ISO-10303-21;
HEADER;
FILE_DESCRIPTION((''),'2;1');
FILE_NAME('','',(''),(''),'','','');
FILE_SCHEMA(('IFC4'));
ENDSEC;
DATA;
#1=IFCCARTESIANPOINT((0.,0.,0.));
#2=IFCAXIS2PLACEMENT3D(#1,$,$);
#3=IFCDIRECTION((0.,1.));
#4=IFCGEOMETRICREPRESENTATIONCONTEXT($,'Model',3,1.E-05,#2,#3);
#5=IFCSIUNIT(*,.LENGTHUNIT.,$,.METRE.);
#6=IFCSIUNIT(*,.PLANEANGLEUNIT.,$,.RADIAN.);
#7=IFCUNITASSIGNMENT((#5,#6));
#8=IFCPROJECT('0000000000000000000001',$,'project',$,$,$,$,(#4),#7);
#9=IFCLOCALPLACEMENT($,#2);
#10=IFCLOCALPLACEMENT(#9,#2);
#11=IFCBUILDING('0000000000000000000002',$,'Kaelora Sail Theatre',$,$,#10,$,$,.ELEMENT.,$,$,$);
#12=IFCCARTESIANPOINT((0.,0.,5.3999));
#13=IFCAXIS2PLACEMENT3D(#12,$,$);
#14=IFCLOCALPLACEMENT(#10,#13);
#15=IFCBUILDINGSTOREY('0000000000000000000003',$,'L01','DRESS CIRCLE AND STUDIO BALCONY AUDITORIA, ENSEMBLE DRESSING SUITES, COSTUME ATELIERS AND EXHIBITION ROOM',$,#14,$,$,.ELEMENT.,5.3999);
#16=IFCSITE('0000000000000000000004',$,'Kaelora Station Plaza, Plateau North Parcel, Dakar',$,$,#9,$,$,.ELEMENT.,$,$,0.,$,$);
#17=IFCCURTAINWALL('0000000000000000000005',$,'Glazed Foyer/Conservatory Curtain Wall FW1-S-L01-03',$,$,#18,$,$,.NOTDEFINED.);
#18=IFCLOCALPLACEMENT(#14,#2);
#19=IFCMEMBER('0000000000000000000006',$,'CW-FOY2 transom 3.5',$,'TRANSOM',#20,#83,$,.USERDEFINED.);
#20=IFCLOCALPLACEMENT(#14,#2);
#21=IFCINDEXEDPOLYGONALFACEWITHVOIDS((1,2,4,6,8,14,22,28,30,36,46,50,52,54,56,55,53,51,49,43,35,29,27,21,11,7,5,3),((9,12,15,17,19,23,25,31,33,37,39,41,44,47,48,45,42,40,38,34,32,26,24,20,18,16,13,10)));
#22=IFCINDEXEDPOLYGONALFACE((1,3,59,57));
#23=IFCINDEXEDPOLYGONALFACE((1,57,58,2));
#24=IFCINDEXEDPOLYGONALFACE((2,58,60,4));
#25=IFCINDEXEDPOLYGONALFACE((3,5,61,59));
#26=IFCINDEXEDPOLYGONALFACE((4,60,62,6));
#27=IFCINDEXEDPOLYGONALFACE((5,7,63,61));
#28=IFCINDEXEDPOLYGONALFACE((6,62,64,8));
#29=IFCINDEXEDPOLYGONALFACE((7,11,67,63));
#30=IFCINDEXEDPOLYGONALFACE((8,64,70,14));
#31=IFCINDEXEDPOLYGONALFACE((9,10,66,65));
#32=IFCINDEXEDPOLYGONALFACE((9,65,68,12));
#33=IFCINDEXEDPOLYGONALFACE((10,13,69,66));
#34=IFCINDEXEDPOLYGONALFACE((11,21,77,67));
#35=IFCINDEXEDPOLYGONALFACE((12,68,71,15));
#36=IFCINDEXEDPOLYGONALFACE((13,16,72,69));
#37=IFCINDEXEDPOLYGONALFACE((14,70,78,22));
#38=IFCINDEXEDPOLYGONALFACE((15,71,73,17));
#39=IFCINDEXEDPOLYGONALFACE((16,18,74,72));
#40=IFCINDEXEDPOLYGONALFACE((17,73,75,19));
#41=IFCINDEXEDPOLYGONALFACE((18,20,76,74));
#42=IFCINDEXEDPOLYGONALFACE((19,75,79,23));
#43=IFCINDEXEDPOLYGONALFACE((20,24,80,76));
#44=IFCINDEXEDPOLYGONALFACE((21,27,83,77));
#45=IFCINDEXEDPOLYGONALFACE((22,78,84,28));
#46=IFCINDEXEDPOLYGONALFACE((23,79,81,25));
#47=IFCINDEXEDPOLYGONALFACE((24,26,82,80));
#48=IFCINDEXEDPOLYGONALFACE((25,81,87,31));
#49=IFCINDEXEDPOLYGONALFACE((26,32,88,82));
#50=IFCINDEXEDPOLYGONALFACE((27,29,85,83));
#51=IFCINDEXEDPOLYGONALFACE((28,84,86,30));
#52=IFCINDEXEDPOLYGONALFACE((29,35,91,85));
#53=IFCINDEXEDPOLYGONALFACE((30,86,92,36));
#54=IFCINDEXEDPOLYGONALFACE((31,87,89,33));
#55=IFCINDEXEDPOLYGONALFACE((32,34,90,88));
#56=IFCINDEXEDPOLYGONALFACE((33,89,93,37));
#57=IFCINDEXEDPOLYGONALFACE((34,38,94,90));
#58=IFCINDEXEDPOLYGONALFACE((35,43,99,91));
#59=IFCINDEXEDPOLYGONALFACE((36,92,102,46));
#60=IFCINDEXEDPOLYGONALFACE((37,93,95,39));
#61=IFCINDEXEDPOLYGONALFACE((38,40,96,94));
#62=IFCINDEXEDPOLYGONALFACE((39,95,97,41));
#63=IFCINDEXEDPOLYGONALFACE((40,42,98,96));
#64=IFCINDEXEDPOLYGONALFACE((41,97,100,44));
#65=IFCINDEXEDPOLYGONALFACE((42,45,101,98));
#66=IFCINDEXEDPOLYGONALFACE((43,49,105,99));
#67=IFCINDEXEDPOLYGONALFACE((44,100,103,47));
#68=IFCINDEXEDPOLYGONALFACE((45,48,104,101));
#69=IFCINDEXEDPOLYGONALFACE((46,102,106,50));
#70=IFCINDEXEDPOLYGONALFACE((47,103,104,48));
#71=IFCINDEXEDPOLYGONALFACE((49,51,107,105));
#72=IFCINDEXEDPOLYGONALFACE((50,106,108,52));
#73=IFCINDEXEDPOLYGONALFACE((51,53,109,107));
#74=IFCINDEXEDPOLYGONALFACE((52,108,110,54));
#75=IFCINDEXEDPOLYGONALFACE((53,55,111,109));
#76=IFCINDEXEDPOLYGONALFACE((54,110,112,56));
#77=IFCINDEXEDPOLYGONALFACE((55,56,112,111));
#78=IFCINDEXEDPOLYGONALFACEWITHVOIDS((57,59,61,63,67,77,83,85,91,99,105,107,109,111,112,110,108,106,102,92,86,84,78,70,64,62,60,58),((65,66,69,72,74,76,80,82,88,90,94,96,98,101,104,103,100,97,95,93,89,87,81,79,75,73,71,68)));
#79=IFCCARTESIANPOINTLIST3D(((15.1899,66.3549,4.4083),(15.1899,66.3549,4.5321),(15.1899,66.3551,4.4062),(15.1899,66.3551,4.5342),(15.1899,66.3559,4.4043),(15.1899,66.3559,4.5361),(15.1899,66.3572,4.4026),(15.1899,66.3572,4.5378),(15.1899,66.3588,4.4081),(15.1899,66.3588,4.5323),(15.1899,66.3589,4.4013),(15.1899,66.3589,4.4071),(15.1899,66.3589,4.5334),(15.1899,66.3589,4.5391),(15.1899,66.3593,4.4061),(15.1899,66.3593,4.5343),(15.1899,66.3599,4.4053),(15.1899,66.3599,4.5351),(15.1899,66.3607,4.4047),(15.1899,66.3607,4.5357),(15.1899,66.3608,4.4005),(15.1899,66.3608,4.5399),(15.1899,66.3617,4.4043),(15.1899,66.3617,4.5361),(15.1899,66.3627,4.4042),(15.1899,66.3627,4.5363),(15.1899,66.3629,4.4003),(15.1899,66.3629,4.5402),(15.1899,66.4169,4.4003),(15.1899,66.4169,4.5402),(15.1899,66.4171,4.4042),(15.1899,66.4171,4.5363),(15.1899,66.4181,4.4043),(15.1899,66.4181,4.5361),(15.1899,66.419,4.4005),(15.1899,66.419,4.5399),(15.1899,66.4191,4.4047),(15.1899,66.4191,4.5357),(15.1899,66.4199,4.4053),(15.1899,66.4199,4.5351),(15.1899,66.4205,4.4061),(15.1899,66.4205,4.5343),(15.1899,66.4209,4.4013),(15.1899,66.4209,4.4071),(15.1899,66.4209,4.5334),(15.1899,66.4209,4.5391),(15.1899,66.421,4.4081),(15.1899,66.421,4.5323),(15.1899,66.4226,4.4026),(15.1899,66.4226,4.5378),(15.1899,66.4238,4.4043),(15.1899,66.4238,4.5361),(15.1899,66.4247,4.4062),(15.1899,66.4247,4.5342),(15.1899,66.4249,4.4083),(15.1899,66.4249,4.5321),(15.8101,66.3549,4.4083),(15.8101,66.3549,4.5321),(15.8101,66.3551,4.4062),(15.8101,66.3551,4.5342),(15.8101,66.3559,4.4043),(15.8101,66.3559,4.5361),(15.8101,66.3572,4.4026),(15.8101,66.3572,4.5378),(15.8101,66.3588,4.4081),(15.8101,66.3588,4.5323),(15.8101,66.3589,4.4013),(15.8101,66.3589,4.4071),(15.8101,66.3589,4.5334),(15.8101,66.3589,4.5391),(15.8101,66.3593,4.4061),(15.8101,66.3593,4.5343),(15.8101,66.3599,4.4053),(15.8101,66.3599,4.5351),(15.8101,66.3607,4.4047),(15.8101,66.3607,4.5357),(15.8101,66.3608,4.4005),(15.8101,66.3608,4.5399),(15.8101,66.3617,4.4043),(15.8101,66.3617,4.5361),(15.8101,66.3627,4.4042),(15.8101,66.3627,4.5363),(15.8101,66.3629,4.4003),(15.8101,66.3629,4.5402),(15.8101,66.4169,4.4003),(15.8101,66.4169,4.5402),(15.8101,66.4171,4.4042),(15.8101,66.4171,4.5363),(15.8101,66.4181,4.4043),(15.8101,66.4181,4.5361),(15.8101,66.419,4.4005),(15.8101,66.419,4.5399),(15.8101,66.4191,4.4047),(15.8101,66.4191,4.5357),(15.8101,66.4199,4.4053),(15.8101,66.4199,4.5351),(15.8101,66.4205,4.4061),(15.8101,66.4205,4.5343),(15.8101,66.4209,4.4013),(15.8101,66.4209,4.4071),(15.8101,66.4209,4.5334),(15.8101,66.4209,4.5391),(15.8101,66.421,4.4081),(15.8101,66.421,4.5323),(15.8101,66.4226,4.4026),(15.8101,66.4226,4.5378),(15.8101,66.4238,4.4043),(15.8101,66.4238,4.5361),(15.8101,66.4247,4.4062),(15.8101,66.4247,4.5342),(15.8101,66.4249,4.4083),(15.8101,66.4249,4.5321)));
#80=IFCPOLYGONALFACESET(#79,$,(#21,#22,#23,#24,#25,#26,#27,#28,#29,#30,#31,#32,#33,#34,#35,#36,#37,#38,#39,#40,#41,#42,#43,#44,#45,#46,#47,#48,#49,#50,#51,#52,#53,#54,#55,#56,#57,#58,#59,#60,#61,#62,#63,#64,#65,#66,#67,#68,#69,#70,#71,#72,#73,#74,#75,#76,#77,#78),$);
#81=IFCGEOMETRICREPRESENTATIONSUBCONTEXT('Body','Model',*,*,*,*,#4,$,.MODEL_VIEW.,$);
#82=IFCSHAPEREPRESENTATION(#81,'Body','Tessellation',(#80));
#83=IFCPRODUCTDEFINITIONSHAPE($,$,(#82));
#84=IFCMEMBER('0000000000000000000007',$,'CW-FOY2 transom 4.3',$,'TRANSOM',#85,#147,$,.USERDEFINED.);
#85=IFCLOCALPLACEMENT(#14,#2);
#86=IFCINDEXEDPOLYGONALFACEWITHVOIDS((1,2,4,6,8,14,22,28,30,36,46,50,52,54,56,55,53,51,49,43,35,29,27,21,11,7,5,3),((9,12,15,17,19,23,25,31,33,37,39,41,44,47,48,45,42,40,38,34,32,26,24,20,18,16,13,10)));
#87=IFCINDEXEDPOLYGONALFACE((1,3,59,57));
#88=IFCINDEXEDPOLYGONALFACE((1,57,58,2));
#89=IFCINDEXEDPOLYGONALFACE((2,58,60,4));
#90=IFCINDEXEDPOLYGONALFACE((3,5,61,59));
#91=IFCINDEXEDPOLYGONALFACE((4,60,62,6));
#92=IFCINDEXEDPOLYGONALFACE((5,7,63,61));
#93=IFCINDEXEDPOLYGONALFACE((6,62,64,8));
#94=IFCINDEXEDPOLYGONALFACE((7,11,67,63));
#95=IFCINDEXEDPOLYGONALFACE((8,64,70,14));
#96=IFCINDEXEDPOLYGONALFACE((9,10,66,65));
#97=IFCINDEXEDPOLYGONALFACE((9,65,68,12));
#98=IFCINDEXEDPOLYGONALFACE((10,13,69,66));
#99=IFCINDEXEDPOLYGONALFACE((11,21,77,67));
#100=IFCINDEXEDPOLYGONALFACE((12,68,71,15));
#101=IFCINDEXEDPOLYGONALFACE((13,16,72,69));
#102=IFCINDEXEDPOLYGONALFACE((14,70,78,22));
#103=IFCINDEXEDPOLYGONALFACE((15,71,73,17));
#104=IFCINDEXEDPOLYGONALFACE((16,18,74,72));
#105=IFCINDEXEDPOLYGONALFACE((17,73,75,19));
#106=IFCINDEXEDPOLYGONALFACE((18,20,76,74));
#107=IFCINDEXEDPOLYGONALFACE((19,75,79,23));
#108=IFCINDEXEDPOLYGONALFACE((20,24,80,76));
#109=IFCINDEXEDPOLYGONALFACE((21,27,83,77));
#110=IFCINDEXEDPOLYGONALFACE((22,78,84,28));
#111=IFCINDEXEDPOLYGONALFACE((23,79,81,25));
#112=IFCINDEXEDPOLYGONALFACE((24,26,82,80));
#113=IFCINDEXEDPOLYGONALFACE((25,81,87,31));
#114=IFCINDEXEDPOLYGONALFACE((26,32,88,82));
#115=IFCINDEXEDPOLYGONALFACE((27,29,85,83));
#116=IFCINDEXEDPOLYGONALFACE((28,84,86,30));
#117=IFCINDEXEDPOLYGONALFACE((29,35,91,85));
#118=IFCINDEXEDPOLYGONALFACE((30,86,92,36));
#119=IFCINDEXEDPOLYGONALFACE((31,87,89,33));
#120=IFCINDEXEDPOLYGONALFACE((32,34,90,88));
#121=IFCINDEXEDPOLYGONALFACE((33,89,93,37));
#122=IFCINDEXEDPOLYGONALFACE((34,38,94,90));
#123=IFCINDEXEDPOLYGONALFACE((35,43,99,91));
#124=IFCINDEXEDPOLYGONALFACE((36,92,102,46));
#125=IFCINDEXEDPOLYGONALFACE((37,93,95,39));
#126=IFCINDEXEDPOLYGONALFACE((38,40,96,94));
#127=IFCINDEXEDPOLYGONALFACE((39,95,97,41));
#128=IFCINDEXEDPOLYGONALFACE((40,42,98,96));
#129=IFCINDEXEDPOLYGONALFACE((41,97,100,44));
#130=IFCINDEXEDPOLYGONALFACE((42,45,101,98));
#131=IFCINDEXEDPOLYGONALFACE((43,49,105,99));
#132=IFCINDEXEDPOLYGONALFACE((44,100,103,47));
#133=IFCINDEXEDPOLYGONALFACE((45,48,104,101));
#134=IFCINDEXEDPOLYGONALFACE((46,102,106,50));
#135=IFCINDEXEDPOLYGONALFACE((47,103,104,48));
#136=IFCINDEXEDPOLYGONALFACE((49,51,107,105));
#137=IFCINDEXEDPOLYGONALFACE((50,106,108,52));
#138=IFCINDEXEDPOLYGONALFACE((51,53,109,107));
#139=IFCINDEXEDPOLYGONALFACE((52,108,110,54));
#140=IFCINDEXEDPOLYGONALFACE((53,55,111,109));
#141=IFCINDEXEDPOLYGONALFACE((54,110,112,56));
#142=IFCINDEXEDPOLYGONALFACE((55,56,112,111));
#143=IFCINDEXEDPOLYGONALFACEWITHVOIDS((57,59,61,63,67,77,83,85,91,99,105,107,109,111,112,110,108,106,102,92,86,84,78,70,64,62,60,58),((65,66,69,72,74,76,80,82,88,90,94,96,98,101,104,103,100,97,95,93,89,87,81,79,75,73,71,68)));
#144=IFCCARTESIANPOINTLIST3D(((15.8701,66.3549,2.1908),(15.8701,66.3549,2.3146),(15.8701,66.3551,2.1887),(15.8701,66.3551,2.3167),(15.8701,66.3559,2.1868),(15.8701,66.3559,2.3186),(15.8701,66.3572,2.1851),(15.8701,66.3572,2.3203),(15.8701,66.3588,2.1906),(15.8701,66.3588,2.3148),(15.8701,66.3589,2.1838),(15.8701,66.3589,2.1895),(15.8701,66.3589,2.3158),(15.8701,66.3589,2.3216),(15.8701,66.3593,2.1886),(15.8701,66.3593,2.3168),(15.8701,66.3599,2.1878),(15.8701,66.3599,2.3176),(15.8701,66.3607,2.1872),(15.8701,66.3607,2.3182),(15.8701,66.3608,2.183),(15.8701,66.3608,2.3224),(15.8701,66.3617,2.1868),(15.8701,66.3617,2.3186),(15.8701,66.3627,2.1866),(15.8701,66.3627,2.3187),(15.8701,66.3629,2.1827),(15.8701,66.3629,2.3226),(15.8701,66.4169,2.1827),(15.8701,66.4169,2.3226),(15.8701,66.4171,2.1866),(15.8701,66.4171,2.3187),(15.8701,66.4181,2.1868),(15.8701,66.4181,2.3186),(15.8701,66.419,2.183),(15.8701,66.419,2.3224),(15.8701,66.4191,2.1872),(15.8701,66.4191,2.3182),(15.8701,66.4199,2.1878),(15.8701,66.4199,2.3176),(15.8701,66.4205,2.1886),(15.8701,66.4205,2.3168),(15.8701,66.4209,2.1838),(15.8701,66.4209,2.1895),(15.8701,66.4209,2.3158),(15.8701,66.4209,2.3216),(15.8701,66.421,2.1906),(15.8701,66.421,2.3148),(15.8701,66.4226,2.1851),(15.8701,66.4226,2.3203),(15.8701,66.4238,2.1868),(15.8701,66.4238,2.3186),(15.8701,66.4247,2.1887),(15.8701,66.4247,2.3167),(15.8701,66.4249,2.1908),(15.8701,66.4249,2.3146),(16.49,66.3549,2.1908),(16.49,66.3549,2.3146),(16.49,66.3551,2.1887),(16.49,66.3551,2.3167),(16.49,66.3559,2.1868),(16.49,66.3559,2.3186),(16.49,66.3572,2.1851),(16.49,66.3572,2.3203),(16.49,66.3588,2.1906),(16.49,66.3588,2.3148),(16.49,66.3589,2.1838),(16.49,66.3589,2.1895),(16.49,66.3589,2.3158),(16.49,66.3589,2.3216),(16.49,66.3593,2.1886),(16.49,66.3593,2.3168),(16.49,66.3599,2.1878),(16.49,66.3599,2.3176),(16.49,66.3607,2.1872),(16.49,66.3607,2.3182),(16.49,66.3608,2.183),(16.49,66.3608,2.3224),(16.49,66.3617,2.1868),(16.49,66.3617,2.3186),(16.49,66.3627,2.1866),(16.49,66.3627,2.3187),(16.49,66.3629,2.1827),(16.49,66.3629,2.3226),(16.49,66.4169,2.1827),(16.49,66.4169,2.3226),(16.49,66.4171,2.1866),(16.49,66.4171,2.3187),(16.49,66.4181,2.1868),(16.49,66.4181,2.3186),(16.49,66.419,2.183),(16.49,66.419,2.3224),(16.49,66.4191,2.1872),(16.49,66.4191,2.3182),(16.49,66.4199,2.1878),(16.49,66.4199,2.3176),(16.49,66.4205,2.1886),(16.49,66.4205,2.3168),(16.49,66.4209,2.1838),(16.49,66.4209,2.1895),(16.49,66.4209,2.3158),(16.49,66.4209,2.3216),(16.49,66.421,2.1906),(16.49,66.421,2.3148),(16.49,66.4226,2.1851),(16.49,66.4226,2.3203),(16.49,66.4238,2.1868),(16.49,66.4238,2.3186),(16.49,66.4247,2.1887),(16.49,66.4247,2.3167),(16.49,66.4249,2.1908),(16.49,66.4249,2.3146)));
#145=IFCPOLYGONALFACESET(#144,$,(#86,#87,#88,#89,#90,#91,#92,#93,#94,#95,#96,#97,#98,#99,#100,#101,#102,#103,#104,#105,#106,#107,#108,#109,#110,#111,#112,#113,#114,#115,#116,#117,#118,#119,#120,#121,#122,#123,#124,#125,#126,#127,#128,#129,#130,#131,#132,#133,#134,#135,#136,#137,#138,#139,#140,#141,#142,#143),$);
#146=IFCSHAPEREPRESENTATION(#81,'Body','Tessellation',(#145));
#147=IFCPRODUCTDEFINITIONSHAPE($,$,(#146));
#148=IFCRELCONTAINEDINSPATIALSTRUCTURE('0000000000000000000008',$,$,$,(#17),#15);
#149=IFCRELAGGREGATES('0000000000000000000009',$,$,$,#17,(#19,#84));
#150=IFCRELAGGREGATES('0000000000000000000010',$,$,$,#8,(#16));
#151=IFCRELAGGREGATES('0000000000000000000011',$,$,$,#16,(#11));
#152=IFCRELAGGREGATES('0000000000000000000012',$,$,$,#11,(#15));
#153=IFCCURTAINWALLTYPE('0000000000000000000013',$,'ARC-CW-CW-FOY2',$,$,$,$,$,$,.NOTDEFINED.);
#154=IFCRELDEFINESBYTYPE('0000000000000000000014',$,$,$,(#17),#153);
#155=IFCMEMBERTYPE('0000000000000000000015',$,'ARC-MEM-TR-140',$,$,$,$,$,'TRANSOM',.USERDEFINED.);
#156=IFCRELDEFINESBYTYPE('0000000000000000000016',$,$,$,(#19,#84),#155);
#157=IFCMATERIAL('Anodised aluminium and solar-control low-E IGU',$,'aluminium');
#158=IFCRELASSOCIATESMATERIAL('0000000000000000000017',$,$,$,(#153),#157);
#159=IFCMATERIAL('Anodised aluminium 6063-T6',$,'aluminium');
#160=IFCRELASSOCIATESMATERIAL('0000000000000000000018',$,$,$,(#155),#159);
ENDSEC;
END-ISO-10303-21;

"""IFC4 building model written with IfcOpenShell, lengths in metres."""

from ifc_helpers import new_model, si_unit, direction, frame, origin, origin_2d, place, context, subcontext, project, spatial, hollow_rectangle, extrude, material, material_profile, profile_set, type_object, element, aggregate, save


model = new_model("IFC4")

# Units and contexts
model_context = context("Model", 3, precision=1e-05, world=origin(), true_north=direction((0.0, 1.0)))
body_context = subcontext(model_context, "Body", "Model", "MODEL_VIEW")
ifc_project = project(units=[si_unit("LENGTHUNIT", "METRE"), si_unit("PLANEANGLEUNIT", "RADIAN")], contexts=[model_context])

# Site, building, storey
site_placement = place(None, origin())
site = spatial("IfcSite", under=ifc_project, at=site_placement, Name="Kaelora Station Plaza, Plateau North Parcel, Dakar", CompositionType="ELEMENT", RefElevation=0.0)
building_placement = place(site_placement, origin())
building = spatial("IfcBuilding", under=site, at=building_placement, Name="Kaelora Sail Theatre", CompositionType="ELEMENT")
storey_placement = place(building_placement, frame((0.0, 0.0, 5.3999)))
storey = spatial("IfcBuildingStorey", under=building, at=storey_placement, Name="L01", Description="DRESS CIRCLE AND STUDIO BALCONY AUDITORIA, ENSEMBLE DRESSING SUITES, COSTUME ATELIERS AND EXHIBITION ROOM", CompositionType="ELEMENT", Elevation=5.3999)

# Curtain wall, members
ifc_material_1 = material(Name="Anodised aluminium and solar-control low-E IGU", Category="aluminium")
curtain_wall_type = type_object("IfcCurtainWallType", Name="ARC-CW-CW-FOY2", PredefinedType="NOTDEFINED", material=ifc_material_1)
curtain_wall_1_placement = place(storey_placement, origin())
curtain_wall_1 = element("IfcCurtainWall", 1, at=curtain_wall_1_placement, inside=storey, type_object=curtain_wall_type, Name="Glazed Foyer/Conservatory Curtain Wall FW1-S-L01-03", PredefinedType="NOTDEFINED")
ifc_material_2 = material(Name="Anodised aluminium 6063-T6", Category="aluminium")
ifc_material_profile = material_profile(ifc_material_2, hollow_rectangle(XDim=0.0701, YDim=0.1399, WallThickness=0.0039, InnerFilletRadius=0.0039, OuterFilletRadius=0.0081, at=origin_2d()), Name="ALU-TRAN 70x140x4")
ifc_profile_set = profile_set([ifc_material_profile], Name="Anodised aluminium 6063-T6")
member_type = type_object("IfcMemberType", Name="ARC-MEM-TR-140", ElementType="TRANSOM", PredefinedType="USERDEFINED", material=ifc_profile_set)
member_1_placement = place(storey_placement, frame((15.1899, 66.3899, 4.4702), z_axis=(1.0, 0.0, 0.0), x_axis=(0.0, 1.0, 0.0)))
member_1 = element("IfcMember", 2, at=member_1_placement, type_object=member_type, Name="CW-FOY2 transom 3.5", ObjectType="TRANSOM", PredefinedType="USERDEFINED", context=body_context, shape_type="SweptSolid", body=[
    extrude(hollow_rectangle(XDim=0.0701, YDim=0.1399, WallThickness=0.0039, InnerFilletRadius=0.0039, OuterFilletRadius=0.0081, at=origin_2d()), origin(), (0.0, 0.0, 1.0), 0.6201),
])
member_2_placement = place(storey_placement, frame((15.8701, 66.3899, 2.2527), z_axis=(1.0, 0.0, 0.0), x_axis=(0.0, 1.0, 0.0)))
member_2 = element("IfcMember", 3, at=member_2_placement, type_object=member_type, Name="CW-FOY2 transom 4.3", ObjectType="TRANSOM", PredefinedType="USERDEFINED", context=body_context, shape_type="SweptSolid", body=[
    extrude(hollow_rectangle(XDim=0.0701, YDim=0.1399, WallThickness=0.0039, InnerFilletRadius=0.0039, OuterFilletRadius=0.0081, at=origin_2d()), origin(), (0.0, 0.0, 1.0), 0.6199),
])

aggregate(curtain_wall_1, [member_1, member_2])

save(model, "model.ifc")
